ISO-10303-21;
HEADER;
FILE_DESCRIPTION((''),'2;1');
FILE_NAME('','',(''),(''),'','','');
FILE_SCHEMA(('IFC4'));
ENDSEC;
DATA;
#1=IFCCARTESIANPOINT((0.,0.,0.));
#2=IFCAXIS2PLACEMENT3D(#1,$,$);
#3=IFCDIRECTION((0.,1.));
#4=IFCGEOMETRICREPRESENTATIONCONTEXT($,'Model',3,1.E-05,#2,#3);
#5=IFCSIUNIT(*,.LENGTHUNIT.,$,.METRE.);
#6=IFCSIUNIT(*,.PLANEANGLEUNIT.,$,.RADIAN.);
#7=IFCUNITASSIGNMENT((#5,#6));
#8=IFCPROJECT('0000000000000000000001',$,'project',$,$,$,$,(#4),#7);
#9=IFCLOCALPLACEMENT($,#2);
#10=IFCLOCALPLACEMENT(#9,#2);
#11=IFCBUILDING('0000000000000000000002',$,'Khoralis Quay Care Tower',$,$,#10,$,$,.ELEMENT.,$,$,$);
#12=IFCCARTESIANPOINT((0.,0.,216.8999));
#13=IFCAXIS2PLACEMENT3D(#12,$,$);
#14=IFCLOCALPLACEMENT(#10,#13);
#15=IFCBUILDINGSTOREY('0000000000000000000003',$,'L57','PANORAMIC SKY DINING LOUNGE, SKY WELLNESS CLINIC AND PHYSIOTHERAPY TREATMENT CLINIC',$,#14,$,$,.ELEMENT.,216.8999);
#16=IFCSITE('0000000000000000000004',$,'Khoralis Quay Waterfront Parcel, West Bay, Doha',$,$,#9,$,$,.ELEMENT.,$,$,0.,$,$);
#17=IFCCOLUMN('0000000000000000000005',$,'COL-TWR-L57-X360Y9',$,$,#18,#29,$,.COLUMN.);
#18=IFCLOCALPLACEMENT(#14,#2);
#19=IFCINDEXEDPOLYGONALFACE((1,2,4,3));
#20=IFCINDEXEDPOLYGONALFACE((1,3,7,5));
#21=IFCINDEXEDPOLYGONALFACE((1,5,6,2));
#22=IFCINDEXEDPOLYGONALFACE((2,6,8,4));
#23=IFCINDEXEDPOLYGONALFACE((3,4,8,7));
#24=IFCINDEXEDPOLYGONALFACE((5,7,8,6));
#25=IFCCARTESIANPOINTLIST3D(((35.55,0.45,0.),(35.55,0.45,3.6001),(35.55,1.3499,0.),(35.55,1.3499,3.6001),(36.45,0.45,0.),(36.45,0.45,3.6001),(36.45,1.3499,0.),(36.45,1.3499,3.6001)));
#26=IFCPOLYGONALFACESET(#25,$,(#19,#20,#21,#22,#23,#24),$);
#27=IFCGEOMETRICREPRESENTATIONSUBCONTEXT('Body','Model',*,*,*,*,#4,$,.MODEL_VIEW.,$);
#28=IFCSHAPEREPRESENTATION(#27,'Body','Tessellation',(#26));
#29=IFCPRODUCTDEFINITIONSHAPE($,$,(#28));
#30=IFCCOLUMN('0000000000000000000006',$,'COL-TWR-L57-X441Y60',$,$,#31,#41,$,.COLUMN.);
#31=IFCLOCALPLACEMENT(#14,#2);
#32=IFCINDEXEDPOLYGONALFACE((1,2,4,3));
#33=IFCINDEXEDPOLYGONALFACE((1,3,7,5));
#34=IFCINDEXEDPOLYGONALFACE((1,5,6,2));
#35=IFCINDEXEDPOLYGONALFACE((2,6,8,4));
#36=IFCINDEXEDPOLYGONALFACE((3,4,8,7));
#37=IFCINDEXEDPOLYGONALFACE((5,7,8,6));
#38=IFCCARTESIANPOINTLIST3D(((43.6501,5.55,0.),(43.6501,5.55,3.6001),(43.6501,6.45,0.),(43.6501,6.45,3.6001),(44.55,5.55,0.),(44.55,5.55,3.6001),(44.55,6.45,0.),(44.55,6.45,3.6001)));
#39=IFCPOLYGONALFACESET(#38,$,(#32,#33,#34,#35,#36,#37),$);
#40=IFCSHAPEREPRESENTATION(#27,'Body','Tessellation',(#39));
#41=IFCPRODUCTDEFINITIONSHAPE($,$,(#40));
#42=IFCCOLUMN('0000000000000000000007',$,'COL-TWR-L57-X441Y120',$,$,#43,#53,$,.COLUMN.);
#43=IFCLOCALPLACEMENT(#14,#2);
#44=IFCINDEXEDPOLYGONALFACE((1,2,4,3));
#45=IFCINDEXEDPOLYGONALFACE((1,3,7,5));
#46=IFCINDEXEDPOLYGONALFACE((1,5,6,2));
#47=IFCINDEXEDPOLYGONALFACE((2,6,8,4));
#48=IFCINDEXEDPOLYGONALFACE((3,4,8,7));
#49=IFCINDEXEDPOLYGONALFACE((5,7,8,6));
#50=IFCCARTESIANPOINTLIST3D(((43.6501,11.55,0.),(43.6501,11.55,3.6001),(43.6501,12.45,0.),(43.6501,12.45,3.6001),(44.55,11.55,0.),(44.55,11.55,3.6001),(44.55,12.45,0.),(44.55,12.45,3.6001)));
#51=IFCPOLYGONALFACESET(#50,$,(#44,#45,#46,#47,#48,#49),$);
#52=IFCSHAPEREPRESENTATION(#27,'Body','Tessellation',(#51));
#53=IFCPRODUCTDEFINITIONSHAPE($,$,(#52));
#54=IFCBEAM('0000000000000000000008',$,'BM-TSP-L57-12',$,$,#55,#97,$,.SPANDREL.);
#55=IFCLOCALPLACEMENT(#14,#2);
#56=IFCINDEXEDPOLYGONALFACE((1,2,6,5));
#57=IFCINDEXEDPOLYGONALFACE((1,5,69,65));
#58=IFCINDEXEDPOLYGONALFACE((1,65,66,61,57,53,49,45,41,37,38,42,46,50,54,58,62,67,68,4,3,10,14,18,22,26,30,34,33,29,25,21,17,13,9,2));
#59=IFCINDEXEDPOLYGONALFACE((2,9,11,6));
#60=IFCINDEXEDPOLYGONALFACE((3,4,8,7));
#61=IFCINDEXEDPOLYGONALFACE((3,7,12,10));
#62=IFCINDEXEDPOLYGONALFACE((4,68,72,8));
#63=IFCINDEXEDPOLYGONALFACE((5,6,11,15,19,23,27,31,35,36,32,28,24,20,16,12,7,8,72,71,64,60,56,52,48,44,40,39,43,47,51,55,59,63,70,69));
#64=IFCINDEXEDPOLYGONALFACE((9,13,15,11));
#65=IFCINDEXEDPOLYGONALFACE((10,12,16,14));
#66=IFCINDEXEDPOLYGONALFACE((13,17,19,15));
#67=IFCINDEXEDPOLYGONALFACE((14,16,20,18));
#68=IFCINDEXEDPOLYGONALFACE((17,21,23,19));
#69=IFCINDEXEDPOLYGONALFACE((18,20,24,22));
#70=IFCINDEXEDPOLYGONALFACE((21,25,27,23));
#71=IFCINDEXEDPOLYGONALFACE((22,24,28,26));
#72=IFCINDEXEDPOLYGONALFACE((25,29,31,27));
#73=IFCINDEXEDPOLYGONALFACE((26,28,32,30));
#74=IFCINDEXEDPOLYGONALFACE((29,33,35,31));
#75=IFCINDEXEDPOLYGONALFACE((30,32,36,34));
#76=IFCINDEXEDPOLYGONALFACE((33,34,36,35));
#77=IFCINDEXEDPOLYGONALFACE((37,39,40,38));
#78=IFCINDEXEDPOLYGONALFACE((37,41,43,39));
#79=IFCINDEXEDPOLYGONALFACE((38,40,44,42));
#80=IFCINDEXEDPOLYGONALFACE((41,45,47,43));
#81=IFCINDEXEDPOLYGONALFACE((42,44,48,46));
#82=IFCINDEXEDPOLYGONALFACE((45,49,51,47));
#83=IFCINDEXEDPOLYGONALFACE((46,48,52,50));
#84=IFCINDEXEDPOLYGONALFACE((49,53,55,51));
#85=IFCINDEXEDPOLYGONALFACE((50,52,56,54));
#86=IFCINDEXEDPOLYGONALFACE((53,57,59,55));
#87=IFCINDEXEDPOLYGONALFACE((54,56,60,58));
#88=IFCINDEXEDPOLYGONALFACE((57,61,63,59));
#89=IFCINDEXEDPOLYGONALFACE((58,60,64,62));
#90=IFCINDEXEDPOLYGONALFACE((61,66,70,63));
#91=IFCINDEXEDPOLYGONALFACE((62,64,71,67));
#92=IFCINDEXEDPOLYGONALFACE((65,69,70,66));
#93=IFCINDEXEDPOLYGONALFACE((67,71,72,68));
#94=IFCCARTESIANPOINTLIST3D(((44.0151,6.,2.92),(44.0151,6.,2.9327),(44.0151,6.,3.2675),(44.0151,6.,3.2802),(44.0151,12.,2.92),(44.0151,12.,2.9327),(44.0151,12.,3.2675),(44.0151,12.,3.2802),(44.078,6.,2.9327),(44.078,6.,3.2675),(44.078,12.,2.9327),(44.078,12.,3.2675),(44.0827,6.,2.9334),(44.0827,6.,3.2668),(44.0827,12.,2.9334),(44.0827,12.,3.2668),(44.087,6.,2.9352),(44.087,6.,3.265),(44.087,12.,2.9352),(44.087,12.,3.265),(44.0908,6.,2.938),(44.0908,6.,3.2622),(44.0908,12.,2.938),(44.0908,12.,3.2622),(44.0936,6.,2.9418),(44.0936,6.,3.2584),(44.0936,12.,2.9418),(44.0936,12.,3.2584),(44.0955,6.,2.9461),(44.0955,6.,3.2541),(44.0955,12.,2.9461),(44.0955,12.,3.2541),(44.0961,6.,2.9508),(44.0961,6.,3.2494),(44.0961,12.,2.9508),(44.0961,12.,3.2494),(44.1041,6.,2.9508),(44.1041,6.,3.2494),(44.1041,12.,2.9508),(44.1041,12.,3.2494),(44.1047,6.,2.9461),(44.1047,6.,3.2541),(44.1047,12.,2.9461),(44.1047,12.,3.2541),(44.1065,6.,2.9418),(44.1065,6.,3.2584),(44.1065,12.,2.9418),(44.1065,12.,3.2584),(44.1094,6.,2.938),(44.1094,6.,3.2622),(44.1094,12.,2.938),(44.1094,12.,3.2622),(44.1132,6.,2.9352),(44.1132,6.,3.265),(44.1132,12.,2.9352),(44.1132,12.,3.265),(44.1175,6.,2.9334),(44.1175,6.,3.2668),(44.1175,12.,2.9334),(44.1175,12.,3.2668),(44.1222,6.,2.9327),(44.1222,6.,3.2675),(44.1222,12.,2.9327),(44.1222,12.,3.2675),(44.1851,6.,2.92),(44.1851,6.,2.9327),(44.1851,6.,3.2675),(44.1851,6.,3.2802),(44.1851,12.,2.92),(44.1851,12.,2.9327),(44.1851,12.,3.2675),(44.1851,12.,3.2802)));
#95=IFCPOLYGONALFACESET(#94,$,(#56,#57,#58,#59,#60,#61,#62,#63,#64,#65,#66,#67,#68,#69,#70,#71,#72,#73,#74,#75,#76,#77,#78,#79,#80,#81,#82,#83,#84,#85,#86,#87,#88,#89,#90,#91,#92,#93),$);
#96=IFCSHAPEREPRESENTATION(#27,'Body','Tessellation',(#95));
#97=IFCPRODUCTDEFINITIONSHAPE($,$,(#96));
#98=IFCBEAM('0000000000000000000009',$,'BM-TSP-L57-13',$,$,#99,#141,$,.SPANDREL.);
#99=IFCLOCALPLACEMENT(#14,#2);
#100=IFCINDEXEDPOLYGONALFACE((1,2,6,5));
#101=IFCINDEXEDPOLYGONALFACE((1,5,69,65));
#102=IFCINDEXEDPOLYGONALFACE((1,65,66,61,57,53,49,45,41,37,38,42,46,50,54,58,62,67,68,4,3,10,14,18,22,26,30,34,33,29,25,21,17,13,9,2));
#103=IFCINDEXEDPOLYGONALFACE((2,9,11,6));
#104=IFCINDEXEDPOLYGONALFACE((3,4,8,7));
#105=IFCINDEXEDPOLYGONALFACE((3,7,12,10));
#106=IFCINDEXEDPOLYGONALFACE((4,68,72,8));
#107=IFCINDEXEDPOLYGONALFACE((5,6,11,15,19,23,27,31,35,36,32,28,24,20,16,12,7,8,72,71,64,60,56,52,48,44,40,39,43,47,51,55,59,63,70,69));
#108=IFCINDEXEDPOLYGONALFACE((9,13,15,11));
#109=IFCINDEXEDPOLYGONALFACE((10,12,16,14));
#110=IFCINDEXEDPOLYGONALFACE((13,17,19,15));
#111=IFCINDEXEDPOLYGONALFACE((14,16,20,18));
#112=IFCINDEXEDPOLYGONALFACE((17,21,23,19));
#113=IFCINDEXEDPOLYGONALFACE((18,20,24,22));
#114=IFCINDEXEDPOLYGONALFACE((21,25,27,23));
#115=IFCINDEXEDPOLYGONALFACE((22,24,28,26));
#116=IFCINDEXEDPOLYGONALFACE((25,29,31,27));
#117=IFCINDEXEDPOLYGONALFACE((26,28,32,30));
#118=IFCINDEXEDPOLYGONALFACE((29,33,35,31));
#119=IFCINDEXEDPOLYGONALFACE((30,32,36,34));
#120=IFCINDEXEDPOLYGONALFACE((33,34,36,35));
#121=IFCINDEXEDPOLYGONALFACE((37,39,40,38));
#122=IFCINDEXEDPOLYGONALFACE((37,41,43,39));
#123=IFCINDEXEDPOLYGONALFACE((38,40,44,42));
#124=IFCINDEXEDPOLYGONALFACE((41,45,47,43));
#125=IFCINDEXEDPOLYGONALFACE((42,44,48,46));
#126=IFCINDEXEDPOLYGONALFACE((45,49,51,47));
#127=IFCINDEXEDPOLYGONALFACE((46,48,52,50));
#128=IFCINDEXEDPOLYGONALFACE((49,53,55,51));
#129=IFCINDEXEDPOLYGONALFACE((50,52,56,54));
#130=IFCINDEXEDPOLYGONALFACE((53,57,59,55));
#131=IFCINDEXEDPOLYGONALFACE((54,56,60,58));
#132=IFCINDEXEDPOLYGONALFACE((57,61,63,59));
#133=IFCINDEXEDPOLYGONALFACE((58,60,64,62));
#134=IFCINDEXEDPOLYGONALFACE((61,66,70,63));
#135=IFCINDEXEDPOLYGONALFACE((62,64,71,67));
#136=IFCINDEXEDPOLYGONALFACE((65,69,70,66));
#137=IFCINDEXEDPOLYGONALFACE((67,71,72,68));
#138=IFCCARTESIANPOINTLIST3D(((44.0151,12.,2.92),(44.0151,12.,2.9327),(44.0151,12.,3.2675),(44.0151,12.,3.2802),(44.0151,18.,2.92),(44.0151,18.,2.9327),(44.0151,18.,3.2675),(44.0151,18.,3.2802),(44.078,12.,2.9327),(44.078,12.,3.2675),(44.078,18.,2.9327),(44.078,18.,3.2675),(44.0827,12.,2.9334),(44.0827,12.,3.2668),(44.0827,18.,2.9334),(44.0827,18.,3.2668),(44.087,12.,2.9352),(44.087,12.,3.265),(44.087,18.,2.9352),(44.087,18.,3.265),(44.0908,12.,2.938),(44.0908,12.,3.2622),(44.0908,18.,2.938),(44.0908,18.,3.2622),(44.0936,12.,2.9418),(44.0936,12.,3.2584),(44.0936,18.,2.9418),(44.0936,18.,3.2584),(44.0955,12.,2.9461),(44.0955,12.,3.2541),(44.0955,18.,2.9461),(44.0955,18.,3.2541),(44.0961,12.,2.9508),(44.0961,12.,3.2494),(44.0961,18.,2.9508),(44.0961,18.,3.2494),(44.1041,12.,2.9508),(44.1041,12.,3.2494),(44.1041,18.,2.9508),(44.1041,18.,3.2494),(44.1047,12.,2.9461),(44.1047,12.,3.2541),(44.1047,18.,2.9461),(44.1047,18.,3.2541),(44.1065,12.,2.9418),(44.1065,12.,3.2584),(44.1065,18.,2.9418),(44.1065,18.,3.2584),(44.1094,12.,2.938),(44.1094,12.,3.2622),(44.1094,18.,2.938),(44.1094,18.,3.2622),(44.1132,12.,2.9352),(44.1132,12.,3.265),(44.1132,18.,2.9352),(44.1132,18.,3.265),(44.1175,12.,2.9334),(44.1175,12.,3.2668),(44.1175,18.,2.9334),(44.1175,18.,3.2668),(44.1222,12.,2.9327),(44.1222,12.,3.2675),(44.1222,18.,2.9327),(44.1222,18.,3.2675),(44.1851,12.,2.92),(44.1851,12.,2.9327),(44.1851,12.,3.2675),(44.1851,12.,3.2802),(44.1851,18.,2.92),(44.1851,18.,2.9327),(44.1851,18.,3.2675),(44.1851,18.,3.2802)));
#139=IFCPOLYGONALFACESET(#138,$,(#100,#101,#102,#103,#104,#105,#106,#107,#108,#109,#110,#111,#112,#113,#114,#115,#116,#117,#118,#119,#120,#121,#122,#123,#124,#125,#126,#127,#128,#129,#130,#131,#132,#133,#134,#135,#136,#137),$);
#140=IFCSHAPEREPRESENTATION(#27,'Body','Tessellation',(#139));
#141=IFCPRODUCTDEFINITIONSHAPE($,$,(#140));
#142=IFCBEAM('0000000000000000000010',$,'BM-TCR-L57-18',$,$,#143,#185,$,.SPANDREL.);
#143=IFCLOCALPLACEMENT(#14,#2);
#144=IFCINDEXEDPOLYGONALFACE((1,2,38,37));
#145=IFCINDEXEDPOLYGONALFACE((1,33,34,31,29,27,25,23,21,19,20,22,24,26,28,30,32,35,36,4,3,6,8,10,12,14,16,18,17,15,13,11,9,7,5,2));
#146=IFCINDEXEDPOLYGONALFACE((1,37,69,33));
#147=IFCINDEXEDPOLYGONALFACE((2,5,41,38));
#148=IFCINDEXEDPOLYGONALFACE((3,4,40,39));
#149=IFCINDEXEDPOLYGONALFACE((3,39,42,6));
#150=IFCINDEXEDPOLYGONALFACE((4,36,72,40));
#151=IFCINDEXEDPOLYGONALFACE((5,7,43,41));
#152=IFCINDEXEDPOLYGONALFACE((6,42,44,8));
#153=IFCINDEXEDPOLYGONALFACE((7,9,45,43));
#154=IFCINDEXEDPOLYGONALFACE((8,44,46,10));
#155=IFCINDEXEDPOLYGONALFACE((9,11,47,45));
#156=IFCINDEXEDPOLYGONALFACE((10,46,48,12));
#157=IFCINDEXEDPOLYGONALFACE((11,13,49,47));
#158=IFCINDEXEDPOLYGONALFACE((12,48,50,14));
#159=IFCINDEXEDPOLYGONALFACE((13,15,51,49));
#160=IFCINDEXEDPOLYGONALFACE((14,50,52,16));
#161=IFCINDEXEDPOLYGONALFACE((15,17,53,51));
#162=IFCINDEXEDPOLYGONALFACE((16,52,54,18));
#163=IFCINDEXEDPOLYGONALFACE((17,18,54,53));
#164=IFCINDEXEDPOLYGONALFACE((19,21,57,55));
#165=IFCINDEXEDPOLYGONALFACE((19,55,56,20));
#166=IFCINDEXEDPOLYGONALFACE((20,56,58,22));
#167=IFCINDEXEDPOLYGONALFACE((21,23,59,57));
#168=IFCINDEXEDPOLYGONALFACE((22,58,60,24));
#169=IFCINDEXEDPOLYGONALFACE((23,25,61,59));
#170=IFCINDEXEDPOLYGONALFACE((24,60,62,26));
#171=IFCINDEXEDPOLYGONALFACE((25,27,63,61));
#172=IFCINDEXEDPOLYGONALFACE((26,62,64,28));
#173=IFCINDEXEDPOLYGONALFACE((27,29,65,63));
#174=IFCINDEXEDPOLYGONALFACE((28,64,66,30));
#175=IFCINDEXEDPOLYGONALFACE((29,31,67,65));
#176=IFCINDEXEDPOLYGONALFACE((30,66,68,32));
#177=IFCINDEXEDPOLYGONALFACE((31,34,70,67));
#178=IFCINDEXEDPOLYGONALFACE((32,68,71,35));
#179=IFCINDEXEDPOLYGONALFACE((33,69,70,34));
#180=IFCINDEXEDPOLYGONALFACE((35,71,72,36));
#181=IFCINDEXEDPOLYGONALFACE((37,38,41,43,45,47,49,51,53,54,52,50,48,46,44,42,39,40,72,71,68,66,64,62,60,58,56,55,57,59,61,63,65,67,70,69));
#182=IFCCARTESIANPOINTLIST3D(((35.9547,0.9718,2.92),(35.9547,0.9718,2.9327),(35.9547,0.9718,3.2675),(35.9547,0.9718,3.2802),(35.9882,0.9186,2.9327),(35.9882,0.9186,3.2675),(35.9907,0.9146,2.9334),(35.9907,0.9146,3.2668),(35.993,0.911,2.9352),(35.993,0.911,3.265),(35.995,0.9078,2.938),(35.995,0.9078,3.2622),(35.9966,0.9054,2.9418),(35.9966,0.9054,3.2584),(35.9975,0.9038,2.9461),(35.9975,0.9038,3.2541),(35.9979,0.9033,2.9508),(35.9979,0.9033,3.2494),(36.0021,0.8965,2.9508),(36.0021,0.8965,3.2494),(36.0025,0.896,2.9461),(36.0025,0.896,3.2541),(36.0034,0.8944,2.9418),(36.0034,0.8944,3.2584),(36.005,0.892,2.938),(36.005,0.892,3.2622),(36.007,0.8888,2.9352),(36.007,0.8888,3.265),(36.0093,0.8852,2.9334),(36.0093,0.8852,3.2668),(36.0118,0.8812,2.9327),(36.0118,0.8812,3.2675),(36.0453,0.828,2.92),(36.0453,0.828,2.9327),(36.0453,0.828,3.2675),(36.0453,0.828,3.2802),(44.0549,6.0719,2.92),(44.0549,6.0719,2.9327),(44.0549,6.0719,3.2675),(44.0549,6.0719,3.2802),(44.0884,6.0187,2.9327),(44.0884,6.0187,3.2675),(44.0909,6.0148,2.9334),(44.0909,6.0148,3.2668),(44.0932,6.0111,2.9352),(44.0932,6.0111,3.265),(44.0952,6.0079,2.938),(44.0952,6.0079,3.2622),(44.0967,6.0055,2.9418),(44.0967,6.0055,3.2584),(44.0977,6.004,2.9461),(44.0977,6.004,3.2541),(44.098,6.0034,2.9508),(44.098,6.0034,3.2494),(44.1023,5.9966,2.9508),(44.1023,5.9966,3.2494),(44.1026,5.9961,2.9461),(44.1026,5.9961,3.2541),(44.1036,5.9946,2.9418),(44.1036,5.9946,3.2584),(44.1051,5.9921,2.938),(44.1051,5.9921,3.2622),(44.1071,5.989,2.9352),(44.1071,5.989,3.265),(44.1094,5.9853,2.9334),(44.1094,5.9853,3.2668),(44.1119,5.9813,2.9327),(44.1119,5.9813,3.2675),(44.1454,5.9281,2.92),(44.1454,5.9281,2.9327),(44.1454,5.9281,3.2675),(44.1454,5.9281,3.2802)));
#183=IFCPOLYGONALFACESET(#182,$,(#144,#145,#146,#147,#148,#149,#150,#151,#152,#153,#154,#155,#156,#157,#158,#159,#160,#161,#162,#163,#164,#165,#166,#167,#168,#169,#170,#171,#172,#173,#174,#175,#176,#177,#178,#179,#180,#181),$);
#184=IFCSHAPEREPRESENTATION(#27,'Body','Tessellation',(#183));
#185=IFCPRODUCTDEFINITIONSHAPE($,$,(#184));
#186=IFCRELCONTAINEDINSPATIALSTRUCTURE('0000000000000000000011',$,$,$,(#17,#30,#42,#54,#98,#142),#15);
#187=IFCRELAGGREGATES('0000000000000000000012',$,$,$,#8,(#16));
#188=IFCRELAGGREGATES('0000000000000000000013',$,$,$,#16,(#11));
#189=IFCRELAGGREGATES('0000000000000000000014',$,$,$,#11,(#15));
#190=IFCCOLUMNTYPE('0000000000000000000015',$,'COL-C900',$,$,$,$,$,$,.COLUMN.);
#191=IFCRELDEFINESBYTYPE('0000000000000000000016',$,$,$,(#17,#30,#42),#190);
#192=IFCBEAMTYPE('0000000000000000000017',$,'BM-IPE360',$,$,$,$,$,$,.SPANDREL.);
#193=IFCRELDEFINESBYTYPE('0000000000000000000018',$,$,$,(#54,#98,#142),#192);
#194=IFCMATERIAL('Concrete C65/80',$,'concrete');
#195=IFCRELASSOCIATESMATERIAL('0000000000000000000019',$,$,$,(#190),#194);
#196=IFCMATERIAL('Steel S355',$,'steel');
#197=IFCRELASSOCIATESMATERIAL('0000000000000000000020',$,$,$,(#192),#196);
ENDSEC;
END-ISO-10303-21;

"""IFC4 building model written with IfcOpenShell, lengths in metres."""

from ifc_helpers import new_model, si_unit, direction, frame, origin, origin_2d, place, context, subcontext, project, spatial, rectangle, i_section, extrude, source, transform, mapped, material, material_profile, profile_set, type_object, element, save


model = new_model("IFC4")

# Units and contexts
model_context = context("Model", 3, precision=1e-05, world=origin(), true_north=direction((0.0, 1.0)))
body_context = subcontext(model_context, "Body", "Model", "MODEL_VIEW")
ifc_project = project(units=[si_unit("LENGTHUNIT", "METRE"), si_unit("PLANEANGLEUNIT", "RADIAN")], contexts=[model_context])

# Site, building, storey
site_placement = place(None, origin())
site = spatial("IfcSite", under=ifc_project, at=site_placement, Name="Khoralis Quay Waterfront Parcel, West Bay, Doha", CompositionType="ELEMENT", RefElevation=0.0)
building_placement = place(site_placement, origin())
building = spatial("IfcBuilding", under=site, at=building_placement, Name="Khoralis Quay Care Tower", CompositionType="ELEMENT")
storey_placement = place(building_placement, frame((0.0, 0.0, 216.8999)))
storey = spatial("IfcBuildingStorey", under=building, at=storey_placement, Name="L57", Description="PANORAMIC SKY DINING LOUNGE, SKY WELLNESS CLINIC AND PHYSIOTHERAPY TREATMENT CLINIC", CompositionType="ELEMENT", Elevation=216.8999)

# Columns
ifc_material_1 = material(Name="Concrete C65/80", Category="concrete")
ifc_material_profile_1 = material_profile(ifc_material_1, rectangle(XDim=0.8999, YDim=0.8999, at=origin_2d()), Name="Concrete C65/80")
ifc_profile_set_1 = profile_set([ifc_material_profile_1], Name="Concrete C65/80")
column_type = type_object("IfcColumnType", Name="COL-C900", PredefinedType="COLUMN", material=ifc_profile_set_1)
shared_shape_1 = source(origin(), body_context, "Body", "SweptSolid", [
    extrude(rectangle(XDim=0.8999, YDim=0.8999, at=origin_2d()), origin(), (0.0, 0.0, 1.0), 3.6001),
])
for number, where, z_axis, x_axis, name in (
    (1, (36.0, 0.8999, 0.0), (0.0, 0.0, 1.0), (1.0, 0.0, 0.0), "COL-TWR-L57-X360Y9"),
    (2, (44.1001, 6.0, 0.0), (0.0, 0.0, 1.0), (1.0, 0.0, 0.0), "COL-TWR-L57-X441Y60"),
    (3, (44.1001, 12.0, 0.0), (0.0, 0.0, 1.0), (1.0, 0.0, 0.0), "COL-TWR-L57-X441Y120"),
):
    element("IfcColumn", number, at=place(storey_placement, frame(where, z_axis=z_axis, x_axis=x_axis)), inside=storey, type_object=column_type, Name=name, PredefinedType="COLUMN", context=body_context, shape_type="MappedRepresentation", body=[
        mapped(shared_shape_1, transform((0.0, 0.0, 0.0), scale=1.0)),
    ])

# Beams
ifc_material_2 = material(Name="Steel S355", Category="steel")
ifc_material_profile_2 = material_profile(ifc_material_2, i_section(OverallWidth=0.1699, OverallDepth=0.3601, WebThickness=0.0081, FlangeThickness=0.0127, FilletRadius=0.0181, at=origin_2d()), Name="Steel S355")
ifc_profile_set_2 = profile_set([ifc_material_profile_2], Name="Steel S355")
beam_type_1 = type_object("IfcBeamType", Name="BM-IPE360", PredefinedType="SPANDREL", material=ifc_profile_set_2)
shared_shape_2 = source(origin(), body_context, "Body", "SweptSolid", [
    extrude(i_section(OverallWidth=0.1699, OverallDepth=0.3601, WebThickness=0.0081, FlangeThickness=0.0127, FilletRadius=0.0181, at=origin_2d()), origin(), (0.0, 0.0, 1.0), 6.0),
])
for number, where, z_axis, x_axis, name in (
    (4, (44.1001, 6.0, 3.1001), (0.0, 1.0, 0.0), (-1.0, 0.0, 0.0), "BM-TSP-L57-12"),
    (5, (44.1001, 12.0, 3.1001), (0.0, 1.0, 0.0), (-1.0, 0.0, 0.0), "BM-TSP-L57-13"),
):
    element("IfcBeam", number, at=place(storey_placement, frame(where, z_axis=z_axis, x_axis=x_axis)), inside=storey, type_object=beam_type_1, Name=name, PredefinedType="SPANDREL", context=body_context, shape_type="MappedRepresentation", body=[
        mapped(shared_shape_2, transform((0.0, 0.0, 0.0), scale=1.0)),
    ])
shared_shape_3 = source(origin(), body_context, "Body", "SweptSolid", [
    extrude(i_section(OverallWidth=0.1699, OverallDepth=0.3601, WebThickness=0.0081, FlangeThickness=0.0127, FilletRadius=0.0181, at=origin_2d()), origin(), (0.0, 0.0, 1.0), 9.572),
])
beam_1_placement = place(storey_placement, frame((36.0, 0.8999, 3.1001), z_axis=(0.846231, 0.532816, 0.0), x_axis=(-0.532816, 0.846231, 0.0)))
element("IfcBeam", 6, at=beam_1_placement, inside=storey, type_object=beam_type_1, Name="BM-TCR-L57-18", PredefinedType="SPANDREL", context=body_context, shape_type="MappedRepresentation", body=[
    mapped(shared_shape_3, transform((0.0, 0.0, 0.0), scale=1.0)),
])

save(model, "model.ifc")
